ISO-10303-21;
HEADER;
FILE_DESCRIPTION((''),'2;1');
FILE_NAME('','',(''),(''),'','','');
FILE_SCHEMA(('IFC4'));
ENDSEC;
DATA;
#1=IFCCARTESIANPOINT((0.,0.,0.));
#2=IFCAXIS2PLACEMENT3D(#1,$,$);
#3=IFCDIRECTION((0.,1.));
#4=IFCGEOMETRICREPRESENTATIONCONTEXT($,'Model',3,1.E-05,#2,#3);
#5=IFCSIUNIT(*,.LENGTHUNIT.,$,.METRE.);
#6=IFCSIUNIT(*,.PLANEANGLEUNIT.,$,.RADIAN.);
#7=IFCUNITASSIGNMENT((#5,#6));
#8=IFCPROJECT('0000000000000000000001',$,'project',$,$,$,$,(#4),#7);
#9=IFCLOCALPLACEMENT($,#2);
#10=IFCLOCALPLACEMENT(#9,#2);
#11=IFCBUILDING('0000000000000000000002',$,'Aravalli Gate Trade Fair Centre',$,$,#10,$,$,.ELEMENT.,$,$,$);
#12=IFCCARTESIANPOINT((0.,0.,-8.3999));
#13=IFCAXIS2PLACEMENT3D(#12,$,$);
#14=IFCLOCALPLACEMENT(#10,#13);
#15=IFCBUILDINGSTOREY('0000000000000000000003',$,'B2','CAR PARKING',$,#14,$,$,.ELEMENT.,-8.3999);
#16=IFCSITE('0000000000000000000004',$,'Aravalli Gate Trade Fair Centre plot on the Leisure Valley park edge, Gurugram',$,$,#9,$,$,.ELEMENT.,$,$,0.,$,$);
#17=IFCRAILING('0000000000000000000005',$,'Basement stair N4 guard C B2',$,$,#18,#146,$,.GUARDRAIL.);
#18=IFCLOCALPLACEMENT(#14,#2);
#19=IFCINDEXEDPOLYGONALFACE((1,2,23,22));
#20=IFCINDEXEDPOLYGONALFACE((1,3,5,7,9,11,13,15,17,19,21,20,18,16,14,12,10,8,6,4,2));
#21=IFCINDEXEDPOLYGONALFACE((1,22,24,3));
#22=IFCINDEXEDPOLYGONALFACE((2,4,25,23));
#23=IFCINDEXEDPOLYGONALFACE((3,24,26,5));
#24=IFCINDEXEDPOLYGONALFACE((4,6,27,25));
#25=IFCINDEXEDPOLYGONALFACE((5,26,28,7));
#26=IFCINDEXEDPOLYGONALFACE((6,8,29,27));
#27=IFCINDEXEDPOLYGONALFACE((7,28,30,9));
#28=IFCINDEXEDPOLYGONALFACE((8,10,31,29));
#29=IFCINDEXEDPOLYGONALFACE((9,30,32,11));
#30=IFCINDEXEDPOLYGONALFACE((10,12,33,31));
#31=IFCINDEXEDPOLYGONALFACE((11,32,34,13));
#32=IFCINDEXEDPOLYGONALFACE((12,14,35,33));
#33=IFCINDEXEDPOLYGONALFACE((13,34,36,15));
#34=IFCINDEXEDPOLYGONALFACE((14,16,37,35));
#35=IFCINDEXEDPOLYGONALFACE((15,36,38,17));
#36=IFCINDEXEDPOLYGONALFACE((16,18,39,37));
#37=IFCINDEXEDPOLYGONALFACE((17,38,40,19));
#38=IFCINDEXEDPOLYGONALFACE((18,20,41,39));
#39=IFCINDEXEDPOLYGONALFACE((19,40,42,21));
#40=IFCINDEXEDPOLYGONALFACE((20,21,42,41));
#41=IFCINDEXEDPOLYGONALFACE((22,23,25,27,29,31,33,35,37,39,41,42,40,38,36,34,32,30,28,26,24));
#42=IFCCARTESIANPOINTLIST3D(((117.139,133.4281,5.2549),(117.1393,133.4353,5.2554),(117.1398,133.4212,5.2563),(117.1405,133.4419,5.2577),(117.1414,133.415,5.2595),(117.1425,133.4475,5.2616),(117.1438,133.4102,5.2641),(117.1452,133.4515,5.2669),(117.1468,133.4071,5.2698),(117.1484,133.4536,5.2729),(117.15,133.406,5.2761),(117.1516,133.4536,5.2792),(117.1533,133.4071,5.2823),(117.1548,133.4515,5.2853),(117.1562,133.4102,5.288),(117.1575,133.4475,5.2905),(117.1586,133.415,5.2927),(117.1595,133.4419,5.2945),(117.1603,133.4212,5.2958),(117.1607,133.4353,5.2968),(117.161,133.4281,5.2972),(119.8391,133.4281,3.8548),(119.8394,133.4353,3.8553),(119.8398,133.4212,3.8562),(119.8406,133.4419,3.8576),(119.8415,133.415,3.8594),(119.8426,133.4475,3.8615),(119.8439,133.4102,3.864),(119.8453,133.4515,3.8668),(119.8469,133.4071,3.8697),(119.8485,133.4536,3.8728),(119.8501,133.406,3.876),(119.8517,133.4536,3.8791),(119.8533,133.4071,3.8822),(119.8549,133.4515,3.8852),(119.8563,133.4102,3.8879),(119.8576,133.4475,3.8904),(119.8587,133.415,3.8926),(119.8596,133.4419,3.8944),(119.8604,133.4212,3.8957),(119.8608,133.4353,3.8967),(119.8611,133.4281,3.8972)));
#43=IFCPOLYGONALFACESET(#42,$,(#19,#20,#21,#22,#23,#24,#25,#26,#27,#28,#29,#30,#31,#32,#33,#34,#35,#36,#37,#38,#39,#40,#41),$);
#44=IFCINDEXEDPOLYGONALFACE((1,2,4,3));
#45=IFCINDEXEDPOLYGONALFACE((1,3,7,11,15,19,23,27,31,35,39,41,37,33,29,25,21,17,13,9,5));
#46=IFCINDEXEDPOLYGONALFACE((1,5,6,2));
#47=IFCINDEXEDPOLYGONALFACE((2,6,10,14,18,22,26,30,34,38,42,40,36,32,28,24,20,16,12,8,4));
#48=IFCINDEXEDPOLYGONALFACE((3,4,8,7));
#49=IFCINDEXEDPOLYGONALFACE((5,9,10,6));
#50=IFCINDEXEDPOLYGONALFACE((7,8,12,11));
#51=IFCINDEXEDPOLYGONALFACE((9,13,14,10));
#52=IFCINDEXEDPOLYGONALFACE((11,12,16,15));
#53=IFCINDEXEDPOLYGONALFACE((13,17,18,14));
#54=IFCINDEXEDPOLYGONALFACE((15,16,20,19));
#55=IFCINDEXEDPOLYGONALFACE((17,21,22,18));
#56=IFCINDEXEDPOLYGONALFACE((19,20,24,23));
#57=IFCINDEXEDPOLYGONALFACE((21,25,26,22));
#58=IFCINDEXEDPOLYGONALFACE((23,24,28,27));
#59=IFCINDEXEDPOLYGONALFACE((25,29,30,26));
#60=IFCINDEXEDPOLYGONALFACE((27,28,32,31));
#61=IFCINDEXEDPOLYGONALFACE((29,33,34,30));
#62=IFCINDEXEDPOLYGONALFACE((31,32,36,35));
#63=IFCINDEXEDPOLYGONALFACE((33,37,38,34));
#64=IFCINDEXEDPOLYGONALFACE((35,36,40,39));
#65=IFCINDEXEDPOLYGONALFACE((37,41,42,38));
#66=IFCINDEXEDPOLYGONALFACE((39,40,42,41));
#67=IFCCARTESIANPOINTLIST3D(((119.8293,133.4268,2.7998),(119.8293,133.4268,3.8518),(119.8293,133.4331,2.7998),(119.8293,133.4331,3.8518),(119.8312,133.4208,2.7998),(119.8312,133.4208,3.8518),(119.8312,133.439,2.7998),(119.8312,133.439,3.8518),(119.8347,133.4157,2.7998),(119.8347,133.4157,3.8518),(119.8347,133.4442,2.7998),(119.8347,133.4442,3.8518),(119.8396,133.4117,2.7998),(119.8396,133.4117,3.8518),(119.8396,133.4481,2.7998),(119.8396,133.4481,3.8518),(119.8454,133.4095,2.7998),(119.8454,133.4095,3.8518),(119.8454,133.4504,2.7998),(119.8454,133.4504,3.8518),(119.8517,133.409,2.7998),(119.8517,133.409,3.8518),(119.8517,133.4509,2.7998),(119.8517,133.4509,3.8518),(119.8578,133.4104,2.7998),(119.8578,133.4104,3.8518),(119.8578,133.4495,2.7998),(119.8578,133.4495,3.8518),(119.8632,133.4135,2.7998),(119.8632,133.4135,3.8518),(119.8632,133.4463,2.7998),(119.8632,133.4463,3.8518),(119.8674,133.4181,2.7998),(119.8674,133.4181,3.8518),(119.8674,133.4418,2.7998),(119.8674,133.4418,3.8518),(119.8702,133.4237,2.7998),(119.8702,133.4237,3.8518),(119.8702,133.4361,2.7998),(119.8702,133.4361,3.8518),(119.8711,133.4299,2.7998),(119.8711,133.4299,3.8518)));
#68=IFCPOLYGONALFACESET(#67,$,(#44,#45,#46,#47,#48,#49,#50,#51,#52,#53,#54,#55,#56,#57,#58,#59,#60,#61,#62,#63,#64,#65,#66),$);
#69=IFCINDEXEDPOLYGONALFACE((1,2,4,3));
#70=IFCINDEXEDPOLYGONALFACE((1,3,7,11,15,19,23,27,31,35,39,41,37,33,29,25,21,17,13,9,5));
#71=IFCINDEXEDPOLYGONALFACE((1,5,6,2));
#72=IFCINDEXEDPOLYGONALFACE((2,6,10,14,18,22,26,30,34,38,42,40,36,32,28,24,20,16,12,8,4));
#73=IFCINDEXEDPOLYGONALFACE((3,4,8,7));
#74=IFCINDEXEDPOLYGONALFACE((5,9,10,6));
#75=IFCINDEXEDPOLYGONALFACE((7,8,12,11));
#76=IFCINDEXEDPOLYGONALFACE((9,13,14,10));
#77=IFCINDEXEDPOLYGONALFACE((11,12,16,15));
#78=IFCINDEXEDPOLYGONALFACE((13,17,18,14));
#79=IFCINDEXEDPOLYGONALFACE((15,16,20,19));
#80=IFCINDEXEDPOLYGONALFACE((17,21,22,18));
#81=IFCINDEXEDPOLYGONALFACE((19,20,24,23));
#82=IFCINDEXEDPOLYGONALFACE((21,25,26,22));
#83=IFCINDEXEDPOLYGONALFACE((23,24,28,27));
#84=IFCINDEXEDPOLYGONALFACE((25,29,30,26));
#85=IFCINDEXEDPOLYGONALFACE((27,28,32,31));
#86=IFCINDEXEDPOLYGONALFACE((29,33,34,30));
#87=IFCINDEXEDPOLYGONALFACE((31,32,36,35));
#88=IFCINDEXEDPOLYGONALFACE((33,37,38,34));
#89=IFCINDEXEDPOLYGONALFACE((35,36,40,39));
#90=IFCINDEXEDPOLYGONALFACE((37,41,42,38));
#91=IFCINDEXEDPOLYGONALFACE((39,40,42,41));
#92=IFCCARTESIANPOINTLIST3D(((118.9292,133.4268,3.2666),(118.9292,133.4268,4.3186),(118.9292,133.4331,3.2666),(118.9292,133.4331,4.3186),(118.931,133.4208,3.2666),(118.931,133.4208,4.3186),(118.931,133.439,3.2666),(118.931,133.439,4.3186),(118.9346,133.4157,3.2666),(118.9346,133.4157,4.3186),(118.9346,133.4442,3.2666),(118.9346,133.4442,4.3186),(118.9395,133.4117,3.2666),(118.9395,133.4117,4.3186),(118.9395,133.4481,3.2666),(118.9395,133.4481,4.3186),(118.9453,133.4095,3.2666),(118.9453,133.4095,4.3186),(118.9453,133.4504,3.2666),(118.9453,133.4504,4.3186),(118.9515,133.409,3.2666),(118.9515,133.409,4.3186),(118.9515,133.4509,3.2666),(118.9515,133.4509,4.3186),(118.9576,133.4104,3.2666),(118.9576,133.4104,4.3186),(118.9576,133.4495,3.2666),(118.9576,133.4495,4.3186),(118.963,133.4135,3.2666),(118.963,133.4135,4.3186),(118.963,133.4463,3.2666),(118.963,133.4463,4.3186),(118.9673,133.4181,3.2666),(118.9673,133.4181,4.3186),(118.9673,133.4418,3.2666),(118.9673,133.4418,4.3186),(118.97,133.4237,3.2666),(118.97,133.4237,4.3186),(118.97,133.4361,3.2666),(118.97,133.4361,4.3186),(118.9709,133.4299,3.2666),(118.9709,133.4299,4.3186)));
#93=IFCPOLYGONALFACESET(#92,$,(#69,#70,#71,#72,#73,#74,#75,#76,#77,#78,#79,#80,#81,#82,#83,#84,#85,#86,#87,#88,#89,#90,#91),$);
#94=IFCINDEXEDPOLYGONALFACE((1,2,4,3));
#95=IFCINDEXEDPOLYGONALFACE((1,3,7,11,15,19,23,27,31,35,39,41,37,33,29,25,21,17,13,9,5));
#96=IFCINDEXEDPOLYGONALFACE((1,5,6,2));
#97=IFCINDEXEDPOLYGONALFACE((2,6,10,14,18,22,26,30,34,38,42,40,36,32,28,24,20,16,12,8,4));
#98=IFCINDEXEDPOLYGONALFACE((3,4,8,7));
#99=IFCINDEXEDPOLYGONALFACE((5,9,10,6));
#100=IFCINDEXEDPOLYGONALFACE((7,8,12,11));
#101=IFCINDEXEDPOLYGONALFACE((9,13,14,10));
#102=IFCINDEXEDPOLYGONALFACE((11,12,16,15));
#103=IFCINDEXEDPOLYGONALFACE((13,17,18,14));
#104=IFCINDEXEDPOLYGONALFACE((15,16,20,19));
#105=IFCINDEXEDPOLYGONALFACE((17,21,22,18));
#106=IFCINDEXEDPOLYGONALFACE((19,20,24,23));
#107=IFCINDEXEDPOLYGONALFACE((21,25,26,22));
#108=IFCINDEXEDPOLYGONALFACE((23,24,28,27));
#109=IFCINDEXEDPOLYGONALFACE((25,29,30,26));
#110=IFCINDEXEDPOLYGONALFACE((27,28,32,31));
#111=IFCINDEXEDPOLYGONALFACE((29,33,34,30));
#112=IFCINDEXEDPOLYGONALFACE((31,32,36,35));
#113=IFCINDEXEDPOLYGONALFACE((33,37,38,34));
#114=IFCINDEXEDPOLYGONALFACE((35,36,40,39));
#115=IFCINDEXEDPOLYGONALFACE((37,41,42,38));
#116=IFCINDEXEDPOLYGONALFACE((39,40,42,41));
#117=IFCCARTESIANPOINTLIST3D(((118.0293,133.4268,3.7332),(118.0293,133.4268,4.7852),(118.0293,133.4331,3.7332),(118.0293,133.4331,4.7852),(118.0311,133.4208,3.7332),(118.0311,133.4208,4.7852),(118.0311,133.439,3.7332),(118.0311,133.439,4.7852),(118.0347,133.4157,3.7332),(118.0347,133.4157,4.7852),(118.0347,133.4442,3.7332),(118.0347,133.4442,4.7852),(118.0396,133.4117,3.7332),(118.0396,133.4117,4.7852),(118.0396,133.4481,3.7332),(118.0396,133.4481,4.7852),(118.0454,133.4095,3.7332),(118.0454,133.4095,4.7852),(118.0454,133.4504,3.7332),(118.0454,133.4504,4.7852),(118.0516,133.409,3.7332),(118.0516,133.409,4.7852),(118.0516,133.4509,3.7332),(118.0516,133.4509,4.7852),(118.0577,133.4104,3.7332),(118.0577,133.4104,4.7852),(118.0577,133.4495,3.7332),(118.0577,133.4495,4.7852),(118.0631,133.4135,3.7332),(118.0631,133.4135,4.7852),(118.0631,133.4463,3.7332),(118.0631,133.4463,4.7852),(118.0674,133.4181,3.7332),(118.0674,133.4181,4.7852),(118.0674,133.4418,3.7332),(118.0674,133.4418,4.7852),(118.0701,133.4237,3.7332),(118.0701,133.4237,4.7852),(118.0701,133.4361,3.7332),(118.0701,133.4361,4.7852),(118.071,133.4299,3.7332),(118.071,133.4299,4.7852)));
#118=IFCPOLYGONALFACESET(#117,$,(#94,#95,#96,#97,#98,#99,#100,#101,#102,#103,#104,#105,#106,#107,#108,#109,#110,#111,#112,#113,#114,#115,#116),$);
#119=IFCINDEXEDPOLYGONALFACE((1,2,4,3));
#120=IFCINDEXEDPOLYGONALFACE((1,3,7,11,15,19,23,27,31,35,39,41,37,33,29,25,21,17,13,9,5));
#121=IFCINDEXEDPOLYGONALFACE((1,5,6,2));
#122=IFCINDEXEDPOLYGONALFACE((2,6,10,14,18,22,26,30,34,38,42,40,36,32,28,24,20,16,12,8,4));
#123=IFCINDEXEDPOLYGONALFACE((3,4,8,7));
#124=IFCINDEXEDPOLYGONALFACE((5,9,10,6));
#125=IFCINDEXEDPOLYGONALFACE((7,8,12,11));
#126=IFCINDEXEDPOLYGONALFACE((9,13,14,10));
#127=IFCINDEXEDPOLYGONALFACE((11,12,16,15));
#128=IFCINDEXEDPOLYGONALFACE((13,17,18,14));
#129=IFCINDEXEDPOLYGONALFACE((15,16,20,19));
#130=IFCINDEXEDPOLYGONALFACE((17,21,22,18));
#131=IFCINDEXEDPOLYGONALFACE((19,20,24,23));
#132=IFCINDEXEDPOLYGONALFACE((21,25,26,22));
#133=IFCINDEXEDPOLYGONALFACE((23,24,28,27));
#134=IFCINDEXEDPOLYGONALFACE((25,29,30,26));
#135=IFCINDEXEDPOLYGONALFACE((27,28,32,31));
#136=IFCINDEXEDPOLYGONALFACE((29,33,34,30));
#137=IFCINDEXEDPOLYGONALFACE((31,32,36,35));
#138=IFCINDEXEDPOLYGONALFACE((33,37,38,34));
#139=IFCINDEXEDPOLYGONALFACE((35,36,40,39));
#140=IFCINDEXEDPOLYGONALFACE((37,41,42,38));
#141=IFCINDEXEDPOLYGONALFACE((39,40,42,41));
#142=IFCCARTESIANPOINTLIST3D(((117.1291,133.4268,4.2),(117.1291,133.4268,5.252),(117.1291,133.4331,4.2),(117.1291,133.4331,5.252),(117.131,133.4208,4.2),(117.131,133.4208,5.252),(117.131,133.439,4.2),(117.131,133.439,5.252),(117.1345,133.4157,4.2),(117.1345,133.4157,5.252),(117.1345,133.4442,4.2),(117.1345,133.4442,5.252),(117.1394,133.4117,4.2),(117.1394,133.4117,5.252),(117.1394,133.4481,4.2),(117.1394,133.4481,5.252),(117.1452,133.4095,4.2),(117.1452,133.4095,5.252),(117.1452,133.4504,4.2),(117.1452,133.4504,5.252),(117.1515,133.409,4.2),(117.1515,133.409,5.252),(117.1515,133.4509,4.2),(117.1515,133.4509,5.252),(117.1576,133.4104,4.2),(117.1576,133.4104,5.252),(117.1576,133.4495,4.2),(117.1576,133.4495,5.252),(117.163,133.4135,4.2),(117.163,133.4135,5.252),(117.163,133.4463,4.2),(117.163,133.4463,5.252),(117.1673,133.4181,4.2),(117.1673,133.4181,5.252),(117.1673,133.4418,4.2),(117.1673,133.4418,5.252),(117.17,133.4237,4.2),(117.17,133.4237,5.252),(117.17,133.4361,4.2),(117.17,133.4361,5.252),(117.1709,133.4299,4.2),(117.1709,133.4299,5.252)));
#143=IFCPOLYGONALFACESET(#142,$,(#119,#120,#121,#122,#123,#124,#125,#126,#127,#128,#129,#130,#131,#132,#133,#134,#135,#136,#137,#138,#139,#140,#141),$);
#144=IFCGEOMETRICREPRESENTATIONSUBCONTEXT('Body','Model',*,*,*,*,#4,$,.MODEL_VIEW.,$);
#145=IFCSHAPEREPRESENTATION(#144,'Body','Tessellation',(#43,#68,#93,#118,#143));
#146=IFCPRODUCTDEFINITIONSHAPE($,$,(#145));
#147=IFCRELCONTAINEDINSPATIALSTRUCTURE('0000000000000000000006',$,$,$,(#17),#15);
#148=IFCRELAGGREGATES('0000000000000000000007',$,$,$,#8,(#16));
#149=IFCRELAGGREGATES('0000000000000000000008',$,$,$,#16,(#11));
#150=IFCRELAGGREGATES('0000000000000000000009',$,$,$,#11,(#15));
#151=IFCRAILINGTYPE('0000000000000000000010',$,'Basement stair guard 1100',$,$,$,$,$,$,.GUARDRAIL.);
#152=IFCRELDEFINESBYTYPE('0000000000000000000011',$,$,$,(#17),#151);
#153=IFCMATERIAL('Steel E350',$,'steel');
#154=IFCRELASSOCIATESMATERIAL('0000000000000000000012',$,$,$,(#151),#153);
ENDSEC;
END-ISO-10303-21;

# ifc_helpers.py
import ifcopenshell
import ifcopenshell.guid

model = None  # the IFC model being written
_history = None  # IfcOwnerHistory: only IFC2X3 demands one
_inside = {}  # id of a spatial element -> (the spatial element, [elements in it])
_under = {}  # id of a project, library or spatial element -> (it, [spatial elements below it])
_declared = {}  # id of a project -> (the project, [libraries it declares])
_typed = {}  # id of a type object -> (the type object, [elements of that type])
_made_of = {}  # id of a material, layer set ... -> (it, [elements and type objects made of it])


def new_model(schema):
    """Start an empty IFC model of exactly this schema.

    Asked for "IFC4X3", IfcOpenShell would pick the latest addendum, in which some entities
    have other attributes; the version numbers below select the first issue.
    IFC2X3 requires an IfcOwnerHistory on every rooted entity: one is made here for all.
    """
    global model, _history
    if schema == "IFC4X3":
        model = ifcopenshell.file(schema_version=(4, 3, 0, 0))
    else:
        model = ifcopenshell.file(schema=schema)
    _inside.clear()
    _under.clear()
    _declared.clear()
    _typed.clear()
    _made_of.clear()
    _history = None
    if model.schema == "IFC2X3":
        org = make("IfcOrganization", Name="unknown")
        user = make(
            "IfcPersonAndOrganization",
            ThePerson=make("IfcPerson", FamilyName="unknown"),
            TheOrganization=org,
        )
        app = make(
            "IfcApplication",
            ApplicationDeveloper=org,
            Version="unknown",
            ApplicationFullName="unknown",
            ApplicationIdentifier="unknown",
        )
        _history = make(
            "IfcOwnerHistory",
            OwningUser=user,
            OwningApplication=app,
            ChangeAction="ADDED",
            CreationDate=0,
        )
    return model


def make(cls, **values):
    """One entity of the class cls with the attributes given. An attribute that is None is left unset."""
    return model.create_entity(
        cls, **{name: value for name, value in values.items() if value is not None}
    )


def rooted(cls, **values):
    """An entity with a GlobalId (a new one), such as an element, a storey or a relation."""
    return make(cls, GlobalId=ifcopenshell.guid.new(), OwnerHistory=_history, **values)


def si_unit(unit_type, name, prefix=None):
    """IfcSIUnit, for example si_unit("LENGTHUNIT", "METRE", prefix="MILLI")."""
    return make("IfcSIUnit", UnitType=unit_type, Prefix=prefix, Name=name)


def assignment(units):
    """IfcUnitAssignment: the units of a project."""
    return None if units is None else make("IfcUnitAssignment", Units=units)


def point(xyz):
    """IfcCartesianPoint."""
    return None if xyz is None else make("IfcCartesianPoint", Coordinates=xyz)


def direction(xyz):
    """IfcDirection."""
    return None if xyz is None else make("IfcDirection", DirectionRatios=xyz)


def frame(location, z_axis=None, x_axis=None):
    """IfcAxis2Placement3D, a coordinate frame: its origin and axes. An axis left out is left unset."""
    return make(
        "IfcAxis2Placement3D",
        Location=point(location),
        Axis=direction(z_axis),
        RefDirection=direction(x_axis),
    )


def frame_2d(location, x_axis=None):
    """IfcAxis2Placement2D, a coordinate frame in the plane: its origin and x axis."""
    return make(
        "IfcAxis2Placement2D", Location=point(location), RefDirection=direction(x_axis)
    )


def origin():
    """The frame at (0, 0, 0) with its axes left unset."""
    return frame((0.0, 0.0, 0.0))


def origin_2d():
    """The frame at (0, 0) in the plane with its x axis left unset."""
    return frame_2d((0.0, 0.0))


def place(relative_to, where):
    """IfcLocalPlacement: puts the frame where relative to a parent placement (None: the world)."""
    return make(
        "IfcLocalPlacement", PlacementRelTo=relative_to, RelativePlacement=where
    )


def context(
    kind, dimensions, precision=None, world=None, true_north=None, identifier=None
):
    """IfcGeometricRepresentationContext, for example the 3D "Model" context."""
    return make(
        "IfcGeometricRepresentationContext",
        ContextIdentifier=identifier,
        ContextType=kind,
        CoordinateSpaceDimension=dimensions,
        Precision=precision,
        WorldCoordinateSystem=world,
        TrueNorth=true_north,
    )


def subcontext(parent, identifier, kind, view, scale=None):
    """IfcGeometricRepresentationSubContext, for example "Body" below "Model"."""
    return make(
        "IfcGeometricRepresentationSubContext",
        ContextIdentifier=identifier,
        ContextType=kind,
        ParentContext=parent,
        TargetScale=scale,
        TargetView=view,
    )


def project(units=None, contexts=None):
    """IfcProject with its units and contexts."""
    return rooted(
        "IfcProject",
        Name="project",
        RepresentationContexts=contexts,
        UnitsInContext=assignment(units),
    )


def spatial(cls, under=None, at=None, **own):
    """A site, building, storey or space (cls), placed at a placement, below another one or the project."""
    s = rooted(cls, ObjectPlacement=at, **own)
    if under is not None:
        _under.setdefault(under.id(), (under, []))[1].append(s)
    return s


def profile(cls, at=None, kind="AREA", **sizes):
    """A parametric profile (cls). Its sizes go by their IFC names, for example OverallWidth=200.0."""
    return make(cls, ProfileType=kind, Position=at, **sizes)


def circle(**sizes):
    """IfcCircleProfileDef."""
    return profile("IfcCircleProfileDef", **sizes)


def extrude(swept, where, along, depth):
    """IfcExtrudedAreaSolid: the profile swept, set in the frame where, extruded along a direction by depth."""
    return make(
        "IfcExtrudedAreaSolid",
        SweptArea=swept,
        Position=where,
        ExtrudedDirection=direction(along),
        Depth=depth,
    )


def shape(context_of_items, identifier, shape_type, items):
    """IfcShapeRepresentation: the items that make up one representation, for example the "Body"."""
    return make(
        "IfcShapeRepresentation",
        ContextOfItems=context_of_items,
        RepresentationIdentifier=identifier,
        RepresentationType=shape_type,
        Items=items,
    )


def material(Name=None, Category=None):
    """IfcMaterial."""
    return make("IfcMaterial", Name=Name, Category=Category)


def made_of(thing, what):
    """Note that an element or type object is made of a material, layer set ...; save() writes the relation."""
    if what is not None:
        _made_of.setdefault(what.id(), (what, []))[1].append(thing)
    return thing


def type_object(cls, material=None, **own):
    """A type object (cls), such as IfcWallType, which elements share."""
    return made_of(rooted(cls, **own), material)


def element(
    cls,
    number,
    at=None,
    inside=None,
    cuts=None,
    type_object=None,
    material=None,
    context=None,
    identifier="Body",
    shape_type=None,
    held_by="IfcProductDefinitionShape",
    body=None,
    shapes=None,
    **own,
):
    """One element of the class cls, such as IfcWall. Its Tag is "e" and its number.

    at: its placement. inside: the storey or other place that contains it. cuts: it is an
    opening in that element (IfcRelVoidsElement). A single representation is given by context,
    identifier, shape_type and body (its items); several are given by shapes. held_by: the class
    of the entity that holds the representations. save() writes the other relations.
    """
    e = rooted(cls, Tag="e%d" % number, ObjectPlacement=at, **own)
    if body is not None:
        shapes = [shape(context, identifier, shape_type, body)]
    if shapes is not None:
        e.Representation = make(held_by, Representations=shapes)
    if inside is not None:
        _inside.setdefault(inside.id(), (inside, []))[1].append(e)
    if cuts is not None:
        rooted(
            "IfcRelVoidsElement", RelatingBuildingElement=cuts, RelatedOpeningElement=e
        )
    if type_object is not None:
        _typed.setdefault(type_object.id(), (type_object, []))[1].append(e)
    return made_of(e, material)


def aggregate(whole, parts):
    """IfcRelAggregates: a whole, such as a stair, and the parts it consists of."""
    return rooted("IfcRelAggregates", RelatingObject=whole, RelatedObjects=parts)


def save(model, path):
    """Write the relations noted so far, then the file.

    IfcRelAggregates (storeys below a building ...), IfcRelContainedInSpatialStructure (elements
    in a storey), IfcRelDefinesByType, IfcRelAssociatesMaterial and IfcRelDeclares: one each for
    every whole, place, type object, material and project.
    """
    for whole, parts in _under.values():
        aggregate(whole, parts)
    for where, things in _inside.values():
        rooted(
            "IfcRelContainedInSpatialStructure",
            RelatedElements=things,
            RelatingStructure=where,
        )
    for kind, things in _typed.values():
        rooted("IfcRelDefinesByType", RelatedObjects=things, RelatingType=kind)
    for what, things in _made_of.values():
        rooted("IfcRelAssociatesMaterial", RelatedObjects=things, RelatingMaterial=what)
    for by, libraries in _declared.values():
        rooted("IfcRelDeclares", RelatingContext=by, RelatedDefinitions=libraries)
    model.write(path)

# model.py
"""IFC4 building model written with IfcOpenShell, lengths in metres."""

from ifc_helpers import new_model, si_unit, direction, frame, origin, origin_2d, place, context, subcontext, project, spatial, circle, extrude, material, type_object, element, save


model = new_model("IFC4")

# Units and contexts
model_context = context("Model", 3, precision=1e-05, world=origin(), true_north=direction((0.0, 1.0)))
body_context = subcontext(model_context, "Body", "Model", "MODEL_VIEW")
ifc_project = project(units=[si_unit("LENGTHUNIT", "METRE"), si_unit("PLANEANGLEUNIT", "RADIAN")], contexts=[model_context])

# Site, building, storey
site_placement = place(None, origin())
site = spatial("IfcSite", under=ifc_project, at=site_placement, Name="Aravalli Gate Trade Fair Centre plot on the Leisure Valley park edge, Gurugram", CompositionType="ELEMENT", RefElevation=0.0)
building_placement = place(site_placement, origin())
building = spatial("IfcBuilding", under=site, at=building_placement, Name="Aravalli Gate Trade Fair Centre", CompositionType="ELEMENT")
storey_placement = place(building_placement, frame((0.0, 0.0, -8.3999)))
storey = spatial("IfcBuildingStorey", under=building, at=storey_placement, Name="B2", Description="CAR PARKING", CompositionType="ELEMENT", Elevation=-8.3999)

# Railing
ifc_material_1 = material(Name="Steel E350", Category="steel")
railing_type_1 = type_object("IfcRailingType", Name="Basement stair guard 1100", PredefinedType="GUARDRAIL", material=ifc_material_1)
railing_1_placement = place(storey_placement, frame((119.8501, 133.4299, 2.7998)))
element("IfcRailing", 1, at=railing_1_placement, inside=storey, type_object=railing_type_1, Name="Basement stair N4 guard C B2", PredefinedType="GUARDRAIL", context=body_context, shape_type="SweptSolid", body=[
    extrude(circle(Radius=0.0239, at=origin_2d()), frame((0.0, 0.0, 1.0762), z_axis=(-0.887748, 0.0, 0.460329), x_axis=(0.0, -1.0, 0.0)), (0.0, 0.0, 1.0), 3.0415),
    extrude(circle(Radius=0.021, at=origin_2d()), origin(), (0.0, 0.0, 1.0), 1.052),
    extrude(circle(Radius=0.021, at=origin_2d()), frame((-0.9001, 0.0, 0.4668)), (0.0, 0.0, 1.0), 1.052),
    extrude(circle(Radius=0.021, at=origin_2d()), frame((-1.8, 0.0, 0.9333)), (0.0, 0.0, 1.0), 1.052),
    extrude(circle(Radius=0.021, at=origin_2d()), frame((-2.7002, 0.0, 1.4001)), (0.0, 0.0, 1.0), 1.052),
])

save(model, "model.ifc")
